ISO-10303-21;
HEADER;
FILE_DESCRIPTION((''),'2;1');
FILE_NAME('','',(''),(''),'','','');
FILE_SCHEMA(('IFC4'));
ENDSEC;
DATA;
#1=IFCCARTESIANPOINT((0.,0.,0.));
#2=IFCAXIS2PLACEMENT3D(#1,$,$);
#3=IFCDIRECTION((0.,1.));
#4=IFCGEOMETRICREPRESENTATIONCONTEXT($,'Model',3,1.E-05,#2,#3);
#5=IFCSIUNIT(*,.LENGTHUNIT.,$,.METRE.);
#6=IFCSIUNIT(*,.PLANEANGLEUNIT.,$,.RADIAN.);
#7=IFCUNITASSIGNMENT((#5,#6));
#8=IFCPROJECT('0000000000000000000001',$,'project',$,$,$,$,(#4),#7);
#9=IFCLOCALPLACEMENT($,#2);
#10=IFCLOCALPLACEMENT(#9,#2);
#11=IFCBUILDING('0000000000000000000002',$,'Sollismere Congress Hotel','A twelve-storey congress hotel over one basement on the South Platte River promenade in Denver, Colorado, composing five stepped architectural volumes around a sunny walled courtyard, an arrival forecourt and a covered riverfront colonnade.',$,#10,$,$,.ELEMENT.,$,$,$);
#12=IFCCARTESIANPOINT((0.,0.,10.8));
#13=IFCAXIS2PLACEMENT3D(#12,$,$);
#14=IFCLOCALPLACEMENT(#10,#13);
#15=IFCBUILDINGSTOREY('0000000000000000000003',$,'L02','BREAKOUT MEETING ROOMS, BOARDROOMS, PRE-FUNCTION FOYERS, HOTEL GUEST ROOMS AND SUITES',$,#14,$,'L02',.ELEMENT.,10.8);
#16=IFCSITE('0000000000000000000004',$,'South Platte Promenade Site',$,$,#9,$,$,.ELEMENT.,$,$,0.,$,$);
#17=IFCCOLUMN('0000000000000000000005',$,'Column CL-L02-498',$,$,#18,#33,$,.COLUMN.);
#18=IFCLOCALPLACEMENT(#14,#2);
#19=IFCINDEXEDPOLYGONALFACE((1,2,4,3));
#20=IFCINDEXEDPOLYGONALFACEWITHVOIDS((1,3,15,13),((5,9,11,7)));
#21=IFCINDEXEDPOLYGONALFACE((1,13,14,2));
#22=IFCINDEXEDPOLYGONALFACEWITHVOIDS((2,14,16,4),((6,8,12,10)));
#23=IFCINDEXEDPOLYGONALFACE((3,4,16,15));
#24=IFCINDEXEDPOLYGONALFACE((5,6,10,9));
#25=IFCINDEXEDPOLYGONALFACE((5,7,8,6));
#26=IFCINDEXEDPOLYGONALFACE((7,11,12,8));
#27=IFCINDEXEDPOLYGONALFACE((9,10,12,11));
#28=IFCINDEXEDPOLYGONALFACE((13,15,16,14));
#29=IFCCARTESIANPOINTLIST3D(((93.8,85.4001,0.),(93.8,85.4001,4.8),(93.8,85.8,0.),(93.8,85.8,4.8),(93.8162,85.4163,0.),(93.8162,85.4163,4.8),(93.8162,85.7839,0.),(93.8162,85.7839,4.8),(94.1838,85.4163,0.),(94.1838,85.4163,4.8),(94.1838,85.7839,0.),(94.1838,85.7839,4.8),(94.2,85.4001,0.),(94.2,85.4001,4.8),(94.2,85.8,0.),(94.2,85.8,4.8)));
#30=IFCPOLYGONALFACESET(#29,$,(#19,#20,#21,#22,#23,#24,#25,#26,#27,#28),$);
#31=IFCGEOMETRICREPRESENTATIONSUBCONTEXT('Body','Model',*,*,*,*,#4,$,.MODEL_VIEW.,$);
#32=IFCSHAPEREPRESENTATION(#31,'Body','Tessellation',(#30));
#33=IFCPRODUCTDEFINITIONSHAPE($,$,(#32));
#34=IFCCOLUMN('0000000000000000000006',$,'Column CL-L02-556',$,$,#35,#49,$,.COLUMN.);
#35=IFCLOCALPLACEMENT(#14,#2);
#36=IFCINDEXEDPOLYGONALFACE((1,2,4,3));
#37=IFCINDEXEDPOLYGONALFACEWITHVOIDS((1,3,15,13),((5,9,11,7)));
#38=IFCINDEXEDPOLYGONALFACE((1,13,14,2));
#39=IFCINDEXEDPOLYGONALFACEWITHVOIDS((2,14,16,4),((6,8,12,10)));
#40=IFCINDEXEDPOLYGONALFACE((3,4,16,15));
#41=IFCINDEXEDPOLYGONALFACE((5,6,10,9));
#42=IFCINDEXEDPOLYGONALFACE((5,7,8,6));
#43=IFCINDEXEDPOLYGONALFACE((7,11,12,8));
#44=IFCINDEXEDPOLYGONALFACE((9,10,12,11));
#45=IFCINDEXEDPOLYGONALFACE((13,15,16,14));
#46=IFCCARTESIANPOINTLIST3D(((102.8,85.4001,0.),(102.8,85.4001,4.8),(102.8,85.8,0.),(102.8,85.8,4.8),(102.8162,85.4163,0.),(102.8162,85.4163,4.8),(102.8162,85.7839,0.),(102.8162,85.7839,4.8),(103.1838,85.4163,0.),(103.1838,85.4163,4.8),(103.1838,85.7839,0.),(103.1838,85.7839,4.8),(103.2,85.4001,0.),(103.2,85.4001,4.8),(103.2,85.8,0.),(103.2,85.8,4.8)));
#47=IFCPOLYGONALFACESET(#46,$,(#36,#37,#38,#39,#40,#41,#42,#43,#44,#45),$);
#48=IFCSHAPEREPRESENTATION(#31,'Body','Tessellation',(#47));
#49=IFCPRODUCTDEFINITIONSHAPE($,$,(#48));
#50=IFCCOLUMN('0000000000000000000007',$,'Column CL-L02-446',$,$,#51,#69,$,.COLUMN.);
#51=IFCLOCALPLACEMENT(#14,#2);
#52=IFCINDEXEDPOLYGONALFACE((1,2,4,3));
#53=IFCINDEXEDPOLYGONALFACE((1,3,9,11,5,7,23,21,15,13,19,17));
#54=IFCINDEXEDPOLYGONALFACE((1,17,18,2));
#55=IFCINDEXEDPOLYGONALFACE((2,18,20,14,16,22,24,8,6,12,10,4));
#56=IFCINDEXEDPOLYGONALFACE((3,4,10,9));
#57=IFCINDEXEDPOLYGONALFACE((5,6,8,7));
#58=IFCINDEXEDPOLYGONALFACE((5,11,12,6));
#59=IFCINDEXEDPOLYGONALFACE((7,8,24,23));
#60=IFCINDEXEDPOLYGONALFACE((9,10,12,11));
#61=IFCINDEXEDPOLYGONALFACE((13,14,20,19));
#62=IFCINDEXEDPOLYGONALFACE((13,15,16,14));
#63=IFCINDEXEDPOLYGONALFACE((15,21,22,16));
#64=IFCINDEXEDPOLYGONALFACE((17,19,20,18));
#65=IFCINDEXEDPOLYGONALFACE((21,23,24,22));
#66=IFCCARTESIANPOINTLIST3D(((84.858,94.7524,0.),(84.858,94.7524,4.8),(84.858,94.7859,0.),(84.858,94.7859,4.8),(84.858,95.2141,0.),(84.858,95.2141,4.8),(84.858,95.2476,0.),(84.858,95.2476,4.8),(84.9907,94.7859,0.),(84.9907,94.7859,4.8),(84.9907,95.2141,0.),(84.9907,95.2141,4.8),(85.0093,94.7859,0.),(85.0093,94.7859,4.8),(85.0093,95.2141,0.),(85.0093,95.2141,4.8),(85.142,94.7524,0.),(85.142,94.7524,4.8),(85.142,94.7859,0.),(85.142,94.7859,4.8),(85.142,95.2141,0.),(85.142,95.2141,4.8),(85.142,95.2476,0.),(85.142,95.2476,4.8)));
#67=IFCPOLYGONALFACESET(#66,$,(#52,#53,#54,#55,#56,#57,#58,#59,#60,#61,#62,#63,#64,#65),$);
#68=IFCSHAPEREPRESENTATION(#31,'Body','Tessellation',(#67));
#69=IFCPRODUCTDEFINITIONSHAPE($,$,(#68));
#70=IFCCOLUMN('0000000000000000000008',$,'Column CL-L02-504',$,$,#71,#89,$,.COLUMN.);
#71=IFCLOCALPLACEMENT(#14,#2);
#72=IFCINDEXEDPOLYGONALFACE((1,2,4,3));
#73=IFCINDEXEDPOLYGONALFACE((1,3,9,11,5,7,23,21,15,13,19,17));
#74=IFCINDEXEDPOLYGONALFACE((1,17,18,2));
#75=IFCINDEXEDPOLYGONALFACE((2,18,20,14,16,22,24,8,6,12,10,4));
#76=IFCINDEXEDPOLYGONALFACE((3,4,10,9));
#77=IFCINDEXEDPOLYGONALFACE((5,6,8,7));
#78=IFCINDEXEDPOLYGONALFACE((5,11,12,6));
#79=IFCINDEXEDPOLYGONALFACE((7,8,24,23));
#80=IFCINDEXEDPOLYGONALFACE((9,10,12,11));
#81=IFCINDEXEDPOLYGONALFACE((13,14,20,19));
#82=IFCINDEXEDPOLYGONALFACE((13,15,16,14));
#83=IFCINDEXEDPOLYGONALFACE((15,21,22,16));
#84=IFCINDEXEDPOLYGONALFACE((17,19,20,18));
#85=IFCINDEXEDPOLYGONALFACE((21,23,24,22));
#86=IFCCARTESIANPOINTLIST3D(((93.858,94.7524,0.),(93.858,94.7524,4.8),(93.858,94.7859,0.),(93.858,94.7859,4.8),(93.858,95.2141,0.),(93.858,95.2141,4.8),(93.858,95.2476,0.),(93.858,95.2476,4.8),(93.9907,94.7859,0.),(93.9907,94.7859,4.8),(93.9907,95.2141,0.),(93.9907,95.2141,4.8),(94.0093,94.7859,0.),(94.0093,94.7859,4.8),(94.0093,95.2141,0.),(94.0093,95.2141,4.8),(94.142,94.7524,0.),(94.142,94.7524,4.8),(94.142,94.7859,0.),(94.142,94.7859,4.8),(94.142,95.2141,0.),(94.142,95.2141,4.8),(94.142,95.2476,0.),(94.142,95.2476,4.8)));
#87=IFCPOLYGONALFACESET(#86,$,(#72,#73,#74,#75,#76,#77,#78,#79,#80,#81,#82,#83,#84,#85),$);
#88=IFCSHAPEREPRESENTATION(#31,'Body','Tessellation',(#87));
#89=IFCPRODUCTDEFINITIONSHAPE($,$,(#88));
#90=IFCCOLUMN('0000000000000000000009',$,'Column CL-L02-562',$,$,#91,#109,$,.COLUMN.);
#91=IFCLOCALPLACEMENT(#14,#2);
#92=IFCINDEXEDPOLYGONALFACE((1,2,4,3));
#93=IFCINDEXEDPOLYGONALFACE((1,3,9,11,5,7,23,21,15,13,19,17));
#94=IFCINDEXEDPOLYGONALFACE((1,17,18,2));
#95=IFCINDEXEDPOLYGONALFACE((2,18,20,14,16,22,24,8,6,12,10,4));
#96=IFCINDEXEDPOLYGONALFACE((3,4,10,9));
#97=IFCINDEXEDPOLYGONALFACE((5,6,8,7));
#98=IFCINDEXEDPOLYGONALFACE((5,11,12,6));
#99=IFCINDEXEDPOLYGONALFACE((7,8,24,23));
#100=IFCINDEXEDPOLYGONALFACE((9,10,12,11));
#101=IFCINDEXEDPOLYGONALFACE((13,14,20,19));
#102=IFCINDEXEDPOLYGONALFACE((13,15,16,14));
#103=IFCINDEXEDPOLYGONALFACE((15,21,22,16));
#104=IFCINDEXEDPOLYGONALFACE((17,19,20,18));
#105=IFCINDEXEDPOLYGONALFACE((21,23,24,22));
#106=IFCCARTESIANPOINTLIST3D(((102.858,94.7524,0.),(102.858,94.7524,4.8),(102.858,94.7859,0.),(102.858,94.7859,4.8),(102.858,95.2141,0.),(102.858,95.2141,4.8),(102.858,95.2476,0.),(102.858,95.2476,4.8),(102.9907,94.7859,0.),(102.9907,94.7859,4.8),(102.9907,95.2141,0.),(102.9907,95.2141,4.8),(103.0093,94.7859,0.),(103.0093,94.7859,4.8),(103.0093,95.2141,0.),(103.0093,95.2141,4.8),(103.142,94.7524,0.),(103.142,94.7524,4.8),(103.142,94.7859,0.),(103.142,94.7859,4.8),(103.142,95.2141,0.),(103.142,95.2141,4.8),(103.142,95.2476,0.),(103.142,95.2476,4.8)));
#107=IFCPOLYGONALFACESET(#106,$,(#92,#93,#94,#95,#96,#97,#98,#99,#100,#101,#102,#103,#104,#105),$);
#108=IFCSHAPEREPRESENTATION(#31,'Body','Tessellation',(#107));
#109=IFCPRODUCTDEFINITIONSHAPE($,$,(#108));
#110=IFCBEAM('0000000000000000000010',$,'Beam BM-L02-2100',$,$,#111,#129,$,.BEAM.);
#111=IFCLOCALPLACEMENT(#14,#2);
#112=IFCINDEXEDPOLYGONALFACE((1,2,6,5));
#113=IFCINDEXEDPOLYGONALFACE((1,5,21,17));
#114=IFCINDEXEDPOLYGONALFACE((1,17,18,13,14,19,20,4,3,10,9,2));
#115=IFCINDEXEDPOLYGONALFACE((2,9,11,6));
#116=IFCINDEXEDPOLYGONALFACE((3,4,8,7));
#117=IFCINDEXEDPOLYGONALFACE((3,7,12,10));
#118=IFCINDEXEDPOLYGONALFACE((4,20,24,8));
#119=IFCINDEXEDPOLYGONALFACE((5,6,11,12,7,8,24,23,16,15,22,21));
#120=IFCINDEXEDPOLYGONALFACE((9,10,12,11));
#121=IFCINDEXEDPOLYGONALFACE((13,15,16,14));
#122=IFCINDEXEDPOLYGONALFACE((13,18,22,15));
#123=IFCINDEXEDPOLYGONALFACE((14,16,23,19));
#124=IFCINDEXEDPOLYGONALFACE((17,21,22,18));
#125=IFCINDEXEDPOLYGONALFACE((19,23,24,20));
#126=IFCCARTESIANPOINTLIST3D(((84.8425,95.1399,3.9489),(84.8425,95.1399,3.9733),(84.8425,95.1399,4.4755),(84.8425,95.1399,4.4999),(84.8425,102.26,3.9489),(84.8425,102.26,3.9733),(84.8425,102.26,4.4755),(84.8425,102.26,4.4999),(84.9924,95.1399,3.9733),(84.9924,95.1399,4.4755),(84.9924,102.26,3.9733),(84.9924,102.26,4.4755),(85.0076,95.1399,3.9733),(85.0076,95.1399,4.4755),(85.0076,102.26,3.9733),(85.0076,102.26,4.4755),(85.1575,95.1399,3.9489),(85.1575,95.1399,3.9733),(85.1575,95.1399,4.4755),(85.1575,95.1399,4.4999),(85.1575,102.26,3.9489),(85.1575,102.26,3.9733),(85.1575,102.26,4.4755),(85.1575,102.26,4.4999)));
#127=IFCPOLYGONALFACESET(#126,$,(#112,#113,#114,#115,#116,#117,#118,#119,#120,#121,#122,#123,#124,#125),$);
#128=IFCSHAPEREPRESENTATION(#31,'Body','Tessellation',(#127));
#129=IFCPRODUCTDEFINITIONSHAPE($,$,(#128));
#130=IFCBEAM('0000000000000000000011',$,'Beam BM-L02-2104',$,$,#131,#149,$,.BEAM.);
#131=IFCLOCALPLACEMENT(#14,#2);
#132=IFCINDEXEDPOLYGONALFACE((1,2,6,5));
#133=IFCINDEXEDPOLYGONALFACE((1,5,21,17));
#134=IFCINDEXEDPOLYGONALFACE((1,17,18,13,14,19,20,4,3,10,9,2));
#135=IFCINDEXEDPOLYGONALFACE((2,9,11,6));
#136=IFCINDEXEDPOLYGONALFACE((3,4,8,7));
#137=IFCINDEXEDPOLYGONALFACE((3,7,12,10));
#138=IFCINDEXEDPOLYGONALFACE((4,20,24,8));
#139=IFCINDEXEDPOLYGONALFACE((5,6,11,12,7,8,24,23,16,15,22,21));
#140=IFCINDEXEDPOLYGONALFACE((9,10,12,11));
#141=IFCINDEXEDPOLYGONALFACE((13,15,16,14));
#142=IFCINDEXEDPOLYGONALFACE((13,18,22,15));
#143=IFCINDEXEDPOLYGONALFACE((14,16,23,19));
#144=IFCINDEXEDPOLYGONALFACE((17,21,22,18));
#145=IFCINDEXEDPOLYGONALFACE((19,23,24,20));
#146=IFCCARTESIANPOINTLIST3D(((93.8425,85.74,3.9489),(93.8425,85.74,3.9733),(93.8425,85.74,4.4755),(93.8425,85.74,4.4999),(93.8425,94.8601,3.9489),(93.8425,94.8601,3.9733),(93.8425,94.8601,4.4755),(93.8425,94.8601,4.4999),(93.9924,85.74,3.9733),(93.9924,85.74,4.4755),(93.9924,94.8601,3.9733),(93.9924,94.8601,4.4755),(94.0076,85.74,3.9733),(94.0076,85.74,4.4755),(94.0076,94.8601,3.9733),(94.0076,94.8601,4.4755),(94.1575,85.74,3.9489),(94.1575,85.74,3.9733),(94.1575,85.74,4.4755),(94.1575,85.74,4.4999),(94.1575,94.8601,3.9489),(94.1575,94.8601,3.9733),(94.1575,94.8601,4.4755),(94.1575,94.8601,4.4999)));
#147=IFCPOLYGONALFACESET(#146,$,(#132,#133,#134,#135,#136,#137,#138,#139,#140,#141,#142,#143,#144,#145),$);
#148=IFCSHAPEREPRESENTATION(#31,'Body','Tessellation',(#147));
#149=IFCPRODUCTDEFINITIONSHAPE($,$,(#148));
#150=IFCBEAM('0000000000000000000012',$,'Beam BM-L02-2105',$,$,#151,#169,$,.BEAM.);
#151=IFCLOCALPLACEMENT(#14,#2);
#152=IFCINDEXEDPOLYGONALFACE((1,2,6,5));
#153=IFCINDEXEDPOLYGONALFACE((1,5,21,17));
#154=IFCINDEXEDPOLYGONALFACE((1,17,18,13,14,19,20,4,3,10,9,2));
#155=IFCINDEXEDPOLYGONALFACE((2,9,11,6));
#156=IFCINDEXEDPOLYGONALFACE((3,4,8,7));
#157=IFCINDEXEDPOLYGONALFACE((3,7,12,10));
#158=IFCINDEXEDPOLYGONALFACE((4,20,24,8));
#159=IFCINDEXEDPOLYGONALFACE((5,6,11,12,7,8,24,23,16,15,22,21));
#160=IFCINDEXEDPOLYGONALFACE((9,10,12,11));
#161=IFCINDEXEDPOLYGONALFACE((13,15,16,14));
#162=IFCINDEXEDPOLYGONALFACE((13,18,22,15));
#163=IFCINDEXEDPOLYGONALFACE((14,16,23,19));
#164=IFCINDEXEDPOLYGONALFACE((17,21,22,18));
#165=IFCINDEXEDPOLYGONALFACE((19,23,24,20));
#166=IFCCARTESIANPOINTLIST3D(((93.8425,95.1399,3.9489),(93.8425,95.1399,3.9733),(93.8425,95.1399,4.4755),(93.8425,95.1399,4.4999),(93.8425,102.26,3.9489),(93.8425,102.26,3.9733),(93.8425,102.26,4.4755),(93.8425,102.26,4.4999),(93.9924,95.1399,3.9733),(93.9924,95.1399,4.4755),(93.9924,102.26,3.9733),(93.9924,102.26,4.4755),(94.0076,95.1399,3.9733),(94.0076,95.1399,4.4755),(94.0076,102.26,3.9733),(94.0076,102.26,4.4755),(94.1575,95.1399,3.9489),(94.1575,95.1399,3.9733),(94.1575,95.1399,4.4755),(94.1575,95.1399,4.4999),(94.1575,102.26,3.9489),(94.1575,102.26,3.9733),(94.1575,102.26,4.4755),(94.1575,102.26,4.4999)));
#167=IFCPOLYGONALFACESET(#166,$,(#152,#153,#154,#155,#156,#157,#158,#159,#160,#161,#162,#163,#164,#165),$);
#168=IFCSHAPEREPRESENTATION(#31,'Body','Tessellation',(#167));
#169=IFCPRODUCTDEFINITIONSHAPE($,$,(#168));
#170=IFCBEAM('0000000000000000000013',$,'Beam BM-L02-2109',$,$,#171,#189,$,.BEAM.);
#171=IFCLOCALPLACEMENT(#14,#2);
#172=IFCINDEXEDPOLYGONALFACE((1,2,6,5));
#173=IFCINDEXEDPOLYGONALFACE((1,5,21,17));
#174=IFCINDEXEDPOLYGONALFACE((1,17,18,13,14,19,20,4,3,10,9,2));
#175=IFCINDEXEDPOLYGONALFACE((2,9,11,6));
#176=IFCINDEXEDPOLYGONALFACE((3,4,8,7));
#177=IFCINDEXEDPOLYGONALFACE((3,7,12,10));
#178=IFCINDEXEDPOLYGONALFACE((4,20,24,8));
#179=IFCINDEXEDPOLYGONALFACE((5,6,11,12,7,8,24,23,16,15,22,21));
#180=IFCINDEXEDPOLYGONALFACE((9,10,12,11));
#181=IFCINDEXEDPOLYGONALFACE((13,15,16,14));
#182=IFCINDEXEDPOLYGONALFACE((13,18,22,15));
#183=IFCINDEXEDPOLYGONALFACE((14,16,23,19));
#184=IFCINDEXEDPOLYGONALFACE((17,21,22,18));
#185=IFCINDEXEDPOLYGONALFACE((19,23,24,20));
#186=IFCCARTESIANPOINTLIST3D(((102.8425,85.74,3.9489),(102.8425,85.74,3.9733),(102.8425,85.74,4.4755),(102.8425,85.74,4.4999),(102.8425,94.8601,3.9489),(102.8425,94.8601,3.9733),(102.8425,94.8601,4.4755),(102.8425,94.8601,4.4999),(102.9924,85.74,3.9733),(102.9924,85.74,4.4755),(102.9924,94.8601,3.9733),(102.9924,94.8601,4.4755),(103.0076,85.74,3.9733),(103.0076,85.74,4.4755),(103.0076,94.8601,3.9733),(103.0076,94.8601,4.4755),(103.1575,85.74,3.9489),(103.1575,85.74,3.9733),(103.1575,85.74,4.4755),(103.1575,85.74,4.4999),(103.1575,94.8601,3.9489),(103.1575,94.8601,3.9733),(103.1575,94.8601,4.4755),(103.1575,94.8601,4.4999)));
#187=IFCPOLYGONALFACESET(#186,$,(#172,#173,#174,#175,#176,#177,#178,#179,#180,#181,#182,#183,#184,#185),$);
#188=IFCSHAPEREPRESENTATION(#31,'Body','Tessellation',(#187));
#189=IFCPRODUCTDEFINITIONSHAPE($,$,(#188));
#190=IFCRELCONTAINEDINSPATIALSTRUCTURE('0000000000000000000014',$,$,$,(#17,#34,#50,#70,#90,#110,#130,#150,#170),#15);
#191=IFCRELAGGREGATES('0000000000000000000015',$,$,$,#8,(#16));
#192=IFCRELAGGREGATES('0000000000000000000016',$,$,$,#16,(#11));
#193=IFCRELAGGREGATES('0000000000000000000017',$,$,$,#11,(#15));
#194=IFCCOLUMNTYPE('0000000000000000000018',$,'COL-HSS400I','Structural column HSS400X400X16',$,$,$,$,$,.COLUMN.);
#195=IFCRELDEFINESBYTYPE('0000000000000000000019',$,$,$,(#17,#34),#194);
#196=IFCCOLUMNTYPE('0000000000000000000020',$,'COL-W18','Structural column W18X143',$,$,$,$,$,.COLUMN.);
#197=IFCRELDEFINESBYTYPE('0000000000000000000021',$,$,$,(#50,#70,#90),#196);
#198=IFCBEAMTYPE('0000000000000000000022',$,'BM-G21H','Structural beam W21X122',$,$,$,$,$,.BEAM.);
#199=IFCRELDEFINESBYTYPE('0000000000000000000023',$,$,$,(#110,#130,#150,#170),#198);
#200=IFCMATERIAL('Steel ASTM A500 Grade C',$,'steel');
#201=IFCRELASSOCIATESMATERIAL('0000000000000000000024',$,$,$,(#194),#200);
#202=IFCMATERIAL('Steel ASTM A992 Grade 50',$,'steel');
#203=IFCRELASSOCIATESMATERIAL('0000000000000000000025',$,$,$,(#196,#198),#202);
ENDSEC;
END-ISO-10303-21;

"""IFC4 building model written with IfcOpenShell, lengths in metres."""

from ifc_helpers import new_model, si_unit, direction, frame, origin, origin_2d, place, context, subcontext, project, spatial, hollow_rectangle, i_section, extrude, material, material_profile, profile_set, type_object, element, save


model = new_model("IFC4")

# Units and contexts
model_context = context("Model", 3, precision=1e-05, world=origin(), true_north=direction((0.0, 1.0)))
body_context = subcontext(model_context, "Body", "Model", "MODEL_VIEW")
ifc_project = project(units=[si_unit("LENGTHUNIT", "METRE"), si_unit("PLANEANGLEUNIT", "RADIAN")], contexts=[model_context])

# Site, building, storey
site_placement = place(None, origin())
site = spatial("IfcSite", under=ifc_project, at=site_placement, Name="South Platte Promenade Site", CompositionType="ELEMENT", RefElevation=0.0)
building_placement = place(site_placement, origin())
building = spatial("IfcBuilding", under=site, at=building_placement, Name="Sollismere Congress Hotel", Description="A twelve-storey congress hotel over one basement on the South Platte River promenade in Denver, Colorado, composing five stepped architectural volumes around a sunny walled courtyard, an arrival forecourt and a covered riverfront colonnade.", CompositionType="ELEMENT")
storey_placement = place(building_placement, frame((0.0, 0.0, 10.8)))
storey = spatial("IfcBuildingStorey", under=building, at=storey_placement, Name="L02", Description="BREAKOUT MEETING ROOMS, BOARDROOMS, PRE-FUNCTION FOYERS, HOTEL GUEST ROOMS AND SUITES", LongName="L02", CompositionType="ELEMENT", Elevation=10.8)

# Columns
ifc_material_1 = material(Name="Steel ASTM A500 Grade C", Category="steel")
ifc_material_profile_1 = material_profile(ifc_material_1, hollow_rectangle(XDim=0.3999, YDim=0.3999, WallThickness=0.0161, at=origin_2d()), Name="HSS400X400X16")
ifc_profile_set_1 = profile_set([ifc_material_profile_1], Name="Steel ASTM A500 Grade C")
column_type_1 = type_object("IfcColumnType", Name="COL-HSS400I", Description="Structural column HSS400X400X16", PredefinedType="COLUMN", material=ifc_profile_set_1)
for number, where, z_axis, x_axis, name in (
    (1, (94.0, 85.6001, 0.0), (0.0, 0.0, 1.0), (1.0, 0.0, 0.0), "Column CL-L02-498"),
    (2, (103.0, 85.6001, 0.0), (0.0, 0.0, 1.0), (1.0, 0.0, 0.0), "Column CL-L02-556"),
):
    element("IfcColumn", number, at=place(storey_placement, frame(where, z_axis=z_axis, x_axis=x_axis)), inside=storey, type_object=column_type_1, Name=name, PredefinedType="COLUMN", context=body_context, shape_type="SweptSolid", body=[
        extrude(hollow_rectangle(XDim=0.3999, YDim=0.3999, WallThickness=0.0161, at=origin_2d()), origin(), (0.0, 0.0, 1.0), 4.8),
    ])
ifc_material_2 = material(Name="Steel ASTM A992 Grade 50", Category="steel")
ifc_material_profile_2 = material_profile(ifc_material_2, i_section(OverallWidth=0.2839, OverallDepth=0.4951, WebThickness=0.0186, FlangeThickness=0.0334, at=origin_2d()), Name="W18X143")
ifc_profile_set_2 = profile_set([ifc_material_profile_2], Name="Steel ASTM A992 Grade 50")
column_type_2 = type_object("IfcColumnType", Name="COL-W18", Description="Structural column W18X143", PredefinedType="COLUMN", material=ifc_profile_set_2)
for number, where, z_axis, x_axis, name in (
    (3, (85.0, 95.0, 0.0), (0.0, 0.0, 1.0), (1.0, 0.0, 0.0), "Column CL-L02-446"),
    (4, (94.0, 95.0, 0.0), (0.0, 0.0, 1.0), (1.0, 0.0, 0.0), "Column CL-L02-504"),
    (5, (103.0, 95.0, 0.0), (0.0, 0.0, 1.0), (1.0, 0.0, 0.0), "Column CL-L02-562"),
):
    element("IfcColumn", number, at=place(storey_placement, frame(where, z_axis=z_axis, x_axis=x_axis)), inside=storey, type_object=column_type_2, Name=name, PredefinedType="COLUMN", context=body_context, shape_type="SweptSolid", body=[
        extrude(i_section(OverallWidth=0.2839, OverallDepth=0.4951, WebThickness=0.0186, FlangeThickness=0.0334, at=origin_2d()), origin(), (0.0, 0.0, 1.0), 4.8),
    ])

# Beams
ifc_material_profile_3 = material_profile(ifc_material_2, i_section(OverallWidth=0.3149, OverallDepth=0.551, WebThickness=0.0151, FlangeThickness=0.0244, at=origin_2d()), Name="W21X122")
ifc_profile_set_3 = profile_set([ifc_material_profile_3], Name="Steel ASTM A992 Grade 50")
beam_type_1 = type_object("IfcBeamType", Name="BM-G21H", Description="Structural beam W21X122", PredefinedType="BEAM", material=ifc_profile_set_3)
beam_1_placement = place(storey_placement, frame((85.0, 95.1399, 4.2244), z_axis=(0.0, 1.0, 0.0), x_axis=(-1.0, 0.0, 0.0)))
element("IfcBeam", 6, at=beam_1_placement, inside=storey, type_object=beam_type_1, Name="Beam BM-L02-2100", PredefinedType="BEAM", context=body_context, shape_type="SweptSolid", body=[
    extrude(i_section(OverallWidth=0.3149, OverallDepth=0.551, WebThickness=0.0151, FlangeThickness=0.0244, at=origin_2d()), origin(), (0.0, 0.0, 1.0), 7.1201),
])
beam_2_placement = place(storey_placement, frame((94.0, 85.74, 4.2244), z_axis=(0.0, 1.0, 0.0), x_axis=(-1.0, 0.0, 0.0)))
element("IfcBeam", 7, at=beam_2_placement, inside=storey, type_object=beam_type_1, Name="Beam BM-L02-2104", PredefinedType="BEAM", context=body_context, shape_type="SweptSolid", body=[
    extrude(i_section(OverallWidth=0.3149, OverallDepth=0.551, WebThickness=0.0151, FlangeThickness=0.0244, at=origin_2d()), origin(), (0.0, 0.0, 1.0), 9.1201),
])
beam_3_placement = place(storey_placement, frame((94.0, 95.1399, 4.2244), z_axis=(0.0, 1.0, 0.0), x_axis=(-1.0, 0.0, 0.0)))
element("IfcBeam", 8, at=beam_3_placement, inside=storey, type_object=beam_type_1, Name="Beam BM-L02-2105", PredefinedType="BEAM", context=body_context, shape_type="SweptSolid", body=[
    extrude(i_section(OverallWidth=0.3149, OverallDepth=0.551, WebThickness=0.0151, FlangeThickness=0.0244, at=origin_2d()), origin(), (0.0, 0.0, 1.0), 7.1201),
])
beam_4_placement = place(storey_placement, frame((103.0, 85.74, 4.2244), z_axis=(0.0, 1.0, 0.0), x_axis=(-1.0, 0.0, 0.0)))
element("IfcBeam", 9, at=beam_4_placement, inside=storey, type_object=beam_type_1, Name="Beam BM-L02-2109", PredefinedType="BEAM", context=body_context, shape_type="SweptSolid", body=[
    extrude(i_section(OverallWidth=0.3149, OverallDepth=0.551, WebThickness=0.0151, FlangeThickness=0.0244, at=origin_2d()), origin(), (0.0, 0.0, 1.0), 9.1201),
])

save(model, "model.ifc")
